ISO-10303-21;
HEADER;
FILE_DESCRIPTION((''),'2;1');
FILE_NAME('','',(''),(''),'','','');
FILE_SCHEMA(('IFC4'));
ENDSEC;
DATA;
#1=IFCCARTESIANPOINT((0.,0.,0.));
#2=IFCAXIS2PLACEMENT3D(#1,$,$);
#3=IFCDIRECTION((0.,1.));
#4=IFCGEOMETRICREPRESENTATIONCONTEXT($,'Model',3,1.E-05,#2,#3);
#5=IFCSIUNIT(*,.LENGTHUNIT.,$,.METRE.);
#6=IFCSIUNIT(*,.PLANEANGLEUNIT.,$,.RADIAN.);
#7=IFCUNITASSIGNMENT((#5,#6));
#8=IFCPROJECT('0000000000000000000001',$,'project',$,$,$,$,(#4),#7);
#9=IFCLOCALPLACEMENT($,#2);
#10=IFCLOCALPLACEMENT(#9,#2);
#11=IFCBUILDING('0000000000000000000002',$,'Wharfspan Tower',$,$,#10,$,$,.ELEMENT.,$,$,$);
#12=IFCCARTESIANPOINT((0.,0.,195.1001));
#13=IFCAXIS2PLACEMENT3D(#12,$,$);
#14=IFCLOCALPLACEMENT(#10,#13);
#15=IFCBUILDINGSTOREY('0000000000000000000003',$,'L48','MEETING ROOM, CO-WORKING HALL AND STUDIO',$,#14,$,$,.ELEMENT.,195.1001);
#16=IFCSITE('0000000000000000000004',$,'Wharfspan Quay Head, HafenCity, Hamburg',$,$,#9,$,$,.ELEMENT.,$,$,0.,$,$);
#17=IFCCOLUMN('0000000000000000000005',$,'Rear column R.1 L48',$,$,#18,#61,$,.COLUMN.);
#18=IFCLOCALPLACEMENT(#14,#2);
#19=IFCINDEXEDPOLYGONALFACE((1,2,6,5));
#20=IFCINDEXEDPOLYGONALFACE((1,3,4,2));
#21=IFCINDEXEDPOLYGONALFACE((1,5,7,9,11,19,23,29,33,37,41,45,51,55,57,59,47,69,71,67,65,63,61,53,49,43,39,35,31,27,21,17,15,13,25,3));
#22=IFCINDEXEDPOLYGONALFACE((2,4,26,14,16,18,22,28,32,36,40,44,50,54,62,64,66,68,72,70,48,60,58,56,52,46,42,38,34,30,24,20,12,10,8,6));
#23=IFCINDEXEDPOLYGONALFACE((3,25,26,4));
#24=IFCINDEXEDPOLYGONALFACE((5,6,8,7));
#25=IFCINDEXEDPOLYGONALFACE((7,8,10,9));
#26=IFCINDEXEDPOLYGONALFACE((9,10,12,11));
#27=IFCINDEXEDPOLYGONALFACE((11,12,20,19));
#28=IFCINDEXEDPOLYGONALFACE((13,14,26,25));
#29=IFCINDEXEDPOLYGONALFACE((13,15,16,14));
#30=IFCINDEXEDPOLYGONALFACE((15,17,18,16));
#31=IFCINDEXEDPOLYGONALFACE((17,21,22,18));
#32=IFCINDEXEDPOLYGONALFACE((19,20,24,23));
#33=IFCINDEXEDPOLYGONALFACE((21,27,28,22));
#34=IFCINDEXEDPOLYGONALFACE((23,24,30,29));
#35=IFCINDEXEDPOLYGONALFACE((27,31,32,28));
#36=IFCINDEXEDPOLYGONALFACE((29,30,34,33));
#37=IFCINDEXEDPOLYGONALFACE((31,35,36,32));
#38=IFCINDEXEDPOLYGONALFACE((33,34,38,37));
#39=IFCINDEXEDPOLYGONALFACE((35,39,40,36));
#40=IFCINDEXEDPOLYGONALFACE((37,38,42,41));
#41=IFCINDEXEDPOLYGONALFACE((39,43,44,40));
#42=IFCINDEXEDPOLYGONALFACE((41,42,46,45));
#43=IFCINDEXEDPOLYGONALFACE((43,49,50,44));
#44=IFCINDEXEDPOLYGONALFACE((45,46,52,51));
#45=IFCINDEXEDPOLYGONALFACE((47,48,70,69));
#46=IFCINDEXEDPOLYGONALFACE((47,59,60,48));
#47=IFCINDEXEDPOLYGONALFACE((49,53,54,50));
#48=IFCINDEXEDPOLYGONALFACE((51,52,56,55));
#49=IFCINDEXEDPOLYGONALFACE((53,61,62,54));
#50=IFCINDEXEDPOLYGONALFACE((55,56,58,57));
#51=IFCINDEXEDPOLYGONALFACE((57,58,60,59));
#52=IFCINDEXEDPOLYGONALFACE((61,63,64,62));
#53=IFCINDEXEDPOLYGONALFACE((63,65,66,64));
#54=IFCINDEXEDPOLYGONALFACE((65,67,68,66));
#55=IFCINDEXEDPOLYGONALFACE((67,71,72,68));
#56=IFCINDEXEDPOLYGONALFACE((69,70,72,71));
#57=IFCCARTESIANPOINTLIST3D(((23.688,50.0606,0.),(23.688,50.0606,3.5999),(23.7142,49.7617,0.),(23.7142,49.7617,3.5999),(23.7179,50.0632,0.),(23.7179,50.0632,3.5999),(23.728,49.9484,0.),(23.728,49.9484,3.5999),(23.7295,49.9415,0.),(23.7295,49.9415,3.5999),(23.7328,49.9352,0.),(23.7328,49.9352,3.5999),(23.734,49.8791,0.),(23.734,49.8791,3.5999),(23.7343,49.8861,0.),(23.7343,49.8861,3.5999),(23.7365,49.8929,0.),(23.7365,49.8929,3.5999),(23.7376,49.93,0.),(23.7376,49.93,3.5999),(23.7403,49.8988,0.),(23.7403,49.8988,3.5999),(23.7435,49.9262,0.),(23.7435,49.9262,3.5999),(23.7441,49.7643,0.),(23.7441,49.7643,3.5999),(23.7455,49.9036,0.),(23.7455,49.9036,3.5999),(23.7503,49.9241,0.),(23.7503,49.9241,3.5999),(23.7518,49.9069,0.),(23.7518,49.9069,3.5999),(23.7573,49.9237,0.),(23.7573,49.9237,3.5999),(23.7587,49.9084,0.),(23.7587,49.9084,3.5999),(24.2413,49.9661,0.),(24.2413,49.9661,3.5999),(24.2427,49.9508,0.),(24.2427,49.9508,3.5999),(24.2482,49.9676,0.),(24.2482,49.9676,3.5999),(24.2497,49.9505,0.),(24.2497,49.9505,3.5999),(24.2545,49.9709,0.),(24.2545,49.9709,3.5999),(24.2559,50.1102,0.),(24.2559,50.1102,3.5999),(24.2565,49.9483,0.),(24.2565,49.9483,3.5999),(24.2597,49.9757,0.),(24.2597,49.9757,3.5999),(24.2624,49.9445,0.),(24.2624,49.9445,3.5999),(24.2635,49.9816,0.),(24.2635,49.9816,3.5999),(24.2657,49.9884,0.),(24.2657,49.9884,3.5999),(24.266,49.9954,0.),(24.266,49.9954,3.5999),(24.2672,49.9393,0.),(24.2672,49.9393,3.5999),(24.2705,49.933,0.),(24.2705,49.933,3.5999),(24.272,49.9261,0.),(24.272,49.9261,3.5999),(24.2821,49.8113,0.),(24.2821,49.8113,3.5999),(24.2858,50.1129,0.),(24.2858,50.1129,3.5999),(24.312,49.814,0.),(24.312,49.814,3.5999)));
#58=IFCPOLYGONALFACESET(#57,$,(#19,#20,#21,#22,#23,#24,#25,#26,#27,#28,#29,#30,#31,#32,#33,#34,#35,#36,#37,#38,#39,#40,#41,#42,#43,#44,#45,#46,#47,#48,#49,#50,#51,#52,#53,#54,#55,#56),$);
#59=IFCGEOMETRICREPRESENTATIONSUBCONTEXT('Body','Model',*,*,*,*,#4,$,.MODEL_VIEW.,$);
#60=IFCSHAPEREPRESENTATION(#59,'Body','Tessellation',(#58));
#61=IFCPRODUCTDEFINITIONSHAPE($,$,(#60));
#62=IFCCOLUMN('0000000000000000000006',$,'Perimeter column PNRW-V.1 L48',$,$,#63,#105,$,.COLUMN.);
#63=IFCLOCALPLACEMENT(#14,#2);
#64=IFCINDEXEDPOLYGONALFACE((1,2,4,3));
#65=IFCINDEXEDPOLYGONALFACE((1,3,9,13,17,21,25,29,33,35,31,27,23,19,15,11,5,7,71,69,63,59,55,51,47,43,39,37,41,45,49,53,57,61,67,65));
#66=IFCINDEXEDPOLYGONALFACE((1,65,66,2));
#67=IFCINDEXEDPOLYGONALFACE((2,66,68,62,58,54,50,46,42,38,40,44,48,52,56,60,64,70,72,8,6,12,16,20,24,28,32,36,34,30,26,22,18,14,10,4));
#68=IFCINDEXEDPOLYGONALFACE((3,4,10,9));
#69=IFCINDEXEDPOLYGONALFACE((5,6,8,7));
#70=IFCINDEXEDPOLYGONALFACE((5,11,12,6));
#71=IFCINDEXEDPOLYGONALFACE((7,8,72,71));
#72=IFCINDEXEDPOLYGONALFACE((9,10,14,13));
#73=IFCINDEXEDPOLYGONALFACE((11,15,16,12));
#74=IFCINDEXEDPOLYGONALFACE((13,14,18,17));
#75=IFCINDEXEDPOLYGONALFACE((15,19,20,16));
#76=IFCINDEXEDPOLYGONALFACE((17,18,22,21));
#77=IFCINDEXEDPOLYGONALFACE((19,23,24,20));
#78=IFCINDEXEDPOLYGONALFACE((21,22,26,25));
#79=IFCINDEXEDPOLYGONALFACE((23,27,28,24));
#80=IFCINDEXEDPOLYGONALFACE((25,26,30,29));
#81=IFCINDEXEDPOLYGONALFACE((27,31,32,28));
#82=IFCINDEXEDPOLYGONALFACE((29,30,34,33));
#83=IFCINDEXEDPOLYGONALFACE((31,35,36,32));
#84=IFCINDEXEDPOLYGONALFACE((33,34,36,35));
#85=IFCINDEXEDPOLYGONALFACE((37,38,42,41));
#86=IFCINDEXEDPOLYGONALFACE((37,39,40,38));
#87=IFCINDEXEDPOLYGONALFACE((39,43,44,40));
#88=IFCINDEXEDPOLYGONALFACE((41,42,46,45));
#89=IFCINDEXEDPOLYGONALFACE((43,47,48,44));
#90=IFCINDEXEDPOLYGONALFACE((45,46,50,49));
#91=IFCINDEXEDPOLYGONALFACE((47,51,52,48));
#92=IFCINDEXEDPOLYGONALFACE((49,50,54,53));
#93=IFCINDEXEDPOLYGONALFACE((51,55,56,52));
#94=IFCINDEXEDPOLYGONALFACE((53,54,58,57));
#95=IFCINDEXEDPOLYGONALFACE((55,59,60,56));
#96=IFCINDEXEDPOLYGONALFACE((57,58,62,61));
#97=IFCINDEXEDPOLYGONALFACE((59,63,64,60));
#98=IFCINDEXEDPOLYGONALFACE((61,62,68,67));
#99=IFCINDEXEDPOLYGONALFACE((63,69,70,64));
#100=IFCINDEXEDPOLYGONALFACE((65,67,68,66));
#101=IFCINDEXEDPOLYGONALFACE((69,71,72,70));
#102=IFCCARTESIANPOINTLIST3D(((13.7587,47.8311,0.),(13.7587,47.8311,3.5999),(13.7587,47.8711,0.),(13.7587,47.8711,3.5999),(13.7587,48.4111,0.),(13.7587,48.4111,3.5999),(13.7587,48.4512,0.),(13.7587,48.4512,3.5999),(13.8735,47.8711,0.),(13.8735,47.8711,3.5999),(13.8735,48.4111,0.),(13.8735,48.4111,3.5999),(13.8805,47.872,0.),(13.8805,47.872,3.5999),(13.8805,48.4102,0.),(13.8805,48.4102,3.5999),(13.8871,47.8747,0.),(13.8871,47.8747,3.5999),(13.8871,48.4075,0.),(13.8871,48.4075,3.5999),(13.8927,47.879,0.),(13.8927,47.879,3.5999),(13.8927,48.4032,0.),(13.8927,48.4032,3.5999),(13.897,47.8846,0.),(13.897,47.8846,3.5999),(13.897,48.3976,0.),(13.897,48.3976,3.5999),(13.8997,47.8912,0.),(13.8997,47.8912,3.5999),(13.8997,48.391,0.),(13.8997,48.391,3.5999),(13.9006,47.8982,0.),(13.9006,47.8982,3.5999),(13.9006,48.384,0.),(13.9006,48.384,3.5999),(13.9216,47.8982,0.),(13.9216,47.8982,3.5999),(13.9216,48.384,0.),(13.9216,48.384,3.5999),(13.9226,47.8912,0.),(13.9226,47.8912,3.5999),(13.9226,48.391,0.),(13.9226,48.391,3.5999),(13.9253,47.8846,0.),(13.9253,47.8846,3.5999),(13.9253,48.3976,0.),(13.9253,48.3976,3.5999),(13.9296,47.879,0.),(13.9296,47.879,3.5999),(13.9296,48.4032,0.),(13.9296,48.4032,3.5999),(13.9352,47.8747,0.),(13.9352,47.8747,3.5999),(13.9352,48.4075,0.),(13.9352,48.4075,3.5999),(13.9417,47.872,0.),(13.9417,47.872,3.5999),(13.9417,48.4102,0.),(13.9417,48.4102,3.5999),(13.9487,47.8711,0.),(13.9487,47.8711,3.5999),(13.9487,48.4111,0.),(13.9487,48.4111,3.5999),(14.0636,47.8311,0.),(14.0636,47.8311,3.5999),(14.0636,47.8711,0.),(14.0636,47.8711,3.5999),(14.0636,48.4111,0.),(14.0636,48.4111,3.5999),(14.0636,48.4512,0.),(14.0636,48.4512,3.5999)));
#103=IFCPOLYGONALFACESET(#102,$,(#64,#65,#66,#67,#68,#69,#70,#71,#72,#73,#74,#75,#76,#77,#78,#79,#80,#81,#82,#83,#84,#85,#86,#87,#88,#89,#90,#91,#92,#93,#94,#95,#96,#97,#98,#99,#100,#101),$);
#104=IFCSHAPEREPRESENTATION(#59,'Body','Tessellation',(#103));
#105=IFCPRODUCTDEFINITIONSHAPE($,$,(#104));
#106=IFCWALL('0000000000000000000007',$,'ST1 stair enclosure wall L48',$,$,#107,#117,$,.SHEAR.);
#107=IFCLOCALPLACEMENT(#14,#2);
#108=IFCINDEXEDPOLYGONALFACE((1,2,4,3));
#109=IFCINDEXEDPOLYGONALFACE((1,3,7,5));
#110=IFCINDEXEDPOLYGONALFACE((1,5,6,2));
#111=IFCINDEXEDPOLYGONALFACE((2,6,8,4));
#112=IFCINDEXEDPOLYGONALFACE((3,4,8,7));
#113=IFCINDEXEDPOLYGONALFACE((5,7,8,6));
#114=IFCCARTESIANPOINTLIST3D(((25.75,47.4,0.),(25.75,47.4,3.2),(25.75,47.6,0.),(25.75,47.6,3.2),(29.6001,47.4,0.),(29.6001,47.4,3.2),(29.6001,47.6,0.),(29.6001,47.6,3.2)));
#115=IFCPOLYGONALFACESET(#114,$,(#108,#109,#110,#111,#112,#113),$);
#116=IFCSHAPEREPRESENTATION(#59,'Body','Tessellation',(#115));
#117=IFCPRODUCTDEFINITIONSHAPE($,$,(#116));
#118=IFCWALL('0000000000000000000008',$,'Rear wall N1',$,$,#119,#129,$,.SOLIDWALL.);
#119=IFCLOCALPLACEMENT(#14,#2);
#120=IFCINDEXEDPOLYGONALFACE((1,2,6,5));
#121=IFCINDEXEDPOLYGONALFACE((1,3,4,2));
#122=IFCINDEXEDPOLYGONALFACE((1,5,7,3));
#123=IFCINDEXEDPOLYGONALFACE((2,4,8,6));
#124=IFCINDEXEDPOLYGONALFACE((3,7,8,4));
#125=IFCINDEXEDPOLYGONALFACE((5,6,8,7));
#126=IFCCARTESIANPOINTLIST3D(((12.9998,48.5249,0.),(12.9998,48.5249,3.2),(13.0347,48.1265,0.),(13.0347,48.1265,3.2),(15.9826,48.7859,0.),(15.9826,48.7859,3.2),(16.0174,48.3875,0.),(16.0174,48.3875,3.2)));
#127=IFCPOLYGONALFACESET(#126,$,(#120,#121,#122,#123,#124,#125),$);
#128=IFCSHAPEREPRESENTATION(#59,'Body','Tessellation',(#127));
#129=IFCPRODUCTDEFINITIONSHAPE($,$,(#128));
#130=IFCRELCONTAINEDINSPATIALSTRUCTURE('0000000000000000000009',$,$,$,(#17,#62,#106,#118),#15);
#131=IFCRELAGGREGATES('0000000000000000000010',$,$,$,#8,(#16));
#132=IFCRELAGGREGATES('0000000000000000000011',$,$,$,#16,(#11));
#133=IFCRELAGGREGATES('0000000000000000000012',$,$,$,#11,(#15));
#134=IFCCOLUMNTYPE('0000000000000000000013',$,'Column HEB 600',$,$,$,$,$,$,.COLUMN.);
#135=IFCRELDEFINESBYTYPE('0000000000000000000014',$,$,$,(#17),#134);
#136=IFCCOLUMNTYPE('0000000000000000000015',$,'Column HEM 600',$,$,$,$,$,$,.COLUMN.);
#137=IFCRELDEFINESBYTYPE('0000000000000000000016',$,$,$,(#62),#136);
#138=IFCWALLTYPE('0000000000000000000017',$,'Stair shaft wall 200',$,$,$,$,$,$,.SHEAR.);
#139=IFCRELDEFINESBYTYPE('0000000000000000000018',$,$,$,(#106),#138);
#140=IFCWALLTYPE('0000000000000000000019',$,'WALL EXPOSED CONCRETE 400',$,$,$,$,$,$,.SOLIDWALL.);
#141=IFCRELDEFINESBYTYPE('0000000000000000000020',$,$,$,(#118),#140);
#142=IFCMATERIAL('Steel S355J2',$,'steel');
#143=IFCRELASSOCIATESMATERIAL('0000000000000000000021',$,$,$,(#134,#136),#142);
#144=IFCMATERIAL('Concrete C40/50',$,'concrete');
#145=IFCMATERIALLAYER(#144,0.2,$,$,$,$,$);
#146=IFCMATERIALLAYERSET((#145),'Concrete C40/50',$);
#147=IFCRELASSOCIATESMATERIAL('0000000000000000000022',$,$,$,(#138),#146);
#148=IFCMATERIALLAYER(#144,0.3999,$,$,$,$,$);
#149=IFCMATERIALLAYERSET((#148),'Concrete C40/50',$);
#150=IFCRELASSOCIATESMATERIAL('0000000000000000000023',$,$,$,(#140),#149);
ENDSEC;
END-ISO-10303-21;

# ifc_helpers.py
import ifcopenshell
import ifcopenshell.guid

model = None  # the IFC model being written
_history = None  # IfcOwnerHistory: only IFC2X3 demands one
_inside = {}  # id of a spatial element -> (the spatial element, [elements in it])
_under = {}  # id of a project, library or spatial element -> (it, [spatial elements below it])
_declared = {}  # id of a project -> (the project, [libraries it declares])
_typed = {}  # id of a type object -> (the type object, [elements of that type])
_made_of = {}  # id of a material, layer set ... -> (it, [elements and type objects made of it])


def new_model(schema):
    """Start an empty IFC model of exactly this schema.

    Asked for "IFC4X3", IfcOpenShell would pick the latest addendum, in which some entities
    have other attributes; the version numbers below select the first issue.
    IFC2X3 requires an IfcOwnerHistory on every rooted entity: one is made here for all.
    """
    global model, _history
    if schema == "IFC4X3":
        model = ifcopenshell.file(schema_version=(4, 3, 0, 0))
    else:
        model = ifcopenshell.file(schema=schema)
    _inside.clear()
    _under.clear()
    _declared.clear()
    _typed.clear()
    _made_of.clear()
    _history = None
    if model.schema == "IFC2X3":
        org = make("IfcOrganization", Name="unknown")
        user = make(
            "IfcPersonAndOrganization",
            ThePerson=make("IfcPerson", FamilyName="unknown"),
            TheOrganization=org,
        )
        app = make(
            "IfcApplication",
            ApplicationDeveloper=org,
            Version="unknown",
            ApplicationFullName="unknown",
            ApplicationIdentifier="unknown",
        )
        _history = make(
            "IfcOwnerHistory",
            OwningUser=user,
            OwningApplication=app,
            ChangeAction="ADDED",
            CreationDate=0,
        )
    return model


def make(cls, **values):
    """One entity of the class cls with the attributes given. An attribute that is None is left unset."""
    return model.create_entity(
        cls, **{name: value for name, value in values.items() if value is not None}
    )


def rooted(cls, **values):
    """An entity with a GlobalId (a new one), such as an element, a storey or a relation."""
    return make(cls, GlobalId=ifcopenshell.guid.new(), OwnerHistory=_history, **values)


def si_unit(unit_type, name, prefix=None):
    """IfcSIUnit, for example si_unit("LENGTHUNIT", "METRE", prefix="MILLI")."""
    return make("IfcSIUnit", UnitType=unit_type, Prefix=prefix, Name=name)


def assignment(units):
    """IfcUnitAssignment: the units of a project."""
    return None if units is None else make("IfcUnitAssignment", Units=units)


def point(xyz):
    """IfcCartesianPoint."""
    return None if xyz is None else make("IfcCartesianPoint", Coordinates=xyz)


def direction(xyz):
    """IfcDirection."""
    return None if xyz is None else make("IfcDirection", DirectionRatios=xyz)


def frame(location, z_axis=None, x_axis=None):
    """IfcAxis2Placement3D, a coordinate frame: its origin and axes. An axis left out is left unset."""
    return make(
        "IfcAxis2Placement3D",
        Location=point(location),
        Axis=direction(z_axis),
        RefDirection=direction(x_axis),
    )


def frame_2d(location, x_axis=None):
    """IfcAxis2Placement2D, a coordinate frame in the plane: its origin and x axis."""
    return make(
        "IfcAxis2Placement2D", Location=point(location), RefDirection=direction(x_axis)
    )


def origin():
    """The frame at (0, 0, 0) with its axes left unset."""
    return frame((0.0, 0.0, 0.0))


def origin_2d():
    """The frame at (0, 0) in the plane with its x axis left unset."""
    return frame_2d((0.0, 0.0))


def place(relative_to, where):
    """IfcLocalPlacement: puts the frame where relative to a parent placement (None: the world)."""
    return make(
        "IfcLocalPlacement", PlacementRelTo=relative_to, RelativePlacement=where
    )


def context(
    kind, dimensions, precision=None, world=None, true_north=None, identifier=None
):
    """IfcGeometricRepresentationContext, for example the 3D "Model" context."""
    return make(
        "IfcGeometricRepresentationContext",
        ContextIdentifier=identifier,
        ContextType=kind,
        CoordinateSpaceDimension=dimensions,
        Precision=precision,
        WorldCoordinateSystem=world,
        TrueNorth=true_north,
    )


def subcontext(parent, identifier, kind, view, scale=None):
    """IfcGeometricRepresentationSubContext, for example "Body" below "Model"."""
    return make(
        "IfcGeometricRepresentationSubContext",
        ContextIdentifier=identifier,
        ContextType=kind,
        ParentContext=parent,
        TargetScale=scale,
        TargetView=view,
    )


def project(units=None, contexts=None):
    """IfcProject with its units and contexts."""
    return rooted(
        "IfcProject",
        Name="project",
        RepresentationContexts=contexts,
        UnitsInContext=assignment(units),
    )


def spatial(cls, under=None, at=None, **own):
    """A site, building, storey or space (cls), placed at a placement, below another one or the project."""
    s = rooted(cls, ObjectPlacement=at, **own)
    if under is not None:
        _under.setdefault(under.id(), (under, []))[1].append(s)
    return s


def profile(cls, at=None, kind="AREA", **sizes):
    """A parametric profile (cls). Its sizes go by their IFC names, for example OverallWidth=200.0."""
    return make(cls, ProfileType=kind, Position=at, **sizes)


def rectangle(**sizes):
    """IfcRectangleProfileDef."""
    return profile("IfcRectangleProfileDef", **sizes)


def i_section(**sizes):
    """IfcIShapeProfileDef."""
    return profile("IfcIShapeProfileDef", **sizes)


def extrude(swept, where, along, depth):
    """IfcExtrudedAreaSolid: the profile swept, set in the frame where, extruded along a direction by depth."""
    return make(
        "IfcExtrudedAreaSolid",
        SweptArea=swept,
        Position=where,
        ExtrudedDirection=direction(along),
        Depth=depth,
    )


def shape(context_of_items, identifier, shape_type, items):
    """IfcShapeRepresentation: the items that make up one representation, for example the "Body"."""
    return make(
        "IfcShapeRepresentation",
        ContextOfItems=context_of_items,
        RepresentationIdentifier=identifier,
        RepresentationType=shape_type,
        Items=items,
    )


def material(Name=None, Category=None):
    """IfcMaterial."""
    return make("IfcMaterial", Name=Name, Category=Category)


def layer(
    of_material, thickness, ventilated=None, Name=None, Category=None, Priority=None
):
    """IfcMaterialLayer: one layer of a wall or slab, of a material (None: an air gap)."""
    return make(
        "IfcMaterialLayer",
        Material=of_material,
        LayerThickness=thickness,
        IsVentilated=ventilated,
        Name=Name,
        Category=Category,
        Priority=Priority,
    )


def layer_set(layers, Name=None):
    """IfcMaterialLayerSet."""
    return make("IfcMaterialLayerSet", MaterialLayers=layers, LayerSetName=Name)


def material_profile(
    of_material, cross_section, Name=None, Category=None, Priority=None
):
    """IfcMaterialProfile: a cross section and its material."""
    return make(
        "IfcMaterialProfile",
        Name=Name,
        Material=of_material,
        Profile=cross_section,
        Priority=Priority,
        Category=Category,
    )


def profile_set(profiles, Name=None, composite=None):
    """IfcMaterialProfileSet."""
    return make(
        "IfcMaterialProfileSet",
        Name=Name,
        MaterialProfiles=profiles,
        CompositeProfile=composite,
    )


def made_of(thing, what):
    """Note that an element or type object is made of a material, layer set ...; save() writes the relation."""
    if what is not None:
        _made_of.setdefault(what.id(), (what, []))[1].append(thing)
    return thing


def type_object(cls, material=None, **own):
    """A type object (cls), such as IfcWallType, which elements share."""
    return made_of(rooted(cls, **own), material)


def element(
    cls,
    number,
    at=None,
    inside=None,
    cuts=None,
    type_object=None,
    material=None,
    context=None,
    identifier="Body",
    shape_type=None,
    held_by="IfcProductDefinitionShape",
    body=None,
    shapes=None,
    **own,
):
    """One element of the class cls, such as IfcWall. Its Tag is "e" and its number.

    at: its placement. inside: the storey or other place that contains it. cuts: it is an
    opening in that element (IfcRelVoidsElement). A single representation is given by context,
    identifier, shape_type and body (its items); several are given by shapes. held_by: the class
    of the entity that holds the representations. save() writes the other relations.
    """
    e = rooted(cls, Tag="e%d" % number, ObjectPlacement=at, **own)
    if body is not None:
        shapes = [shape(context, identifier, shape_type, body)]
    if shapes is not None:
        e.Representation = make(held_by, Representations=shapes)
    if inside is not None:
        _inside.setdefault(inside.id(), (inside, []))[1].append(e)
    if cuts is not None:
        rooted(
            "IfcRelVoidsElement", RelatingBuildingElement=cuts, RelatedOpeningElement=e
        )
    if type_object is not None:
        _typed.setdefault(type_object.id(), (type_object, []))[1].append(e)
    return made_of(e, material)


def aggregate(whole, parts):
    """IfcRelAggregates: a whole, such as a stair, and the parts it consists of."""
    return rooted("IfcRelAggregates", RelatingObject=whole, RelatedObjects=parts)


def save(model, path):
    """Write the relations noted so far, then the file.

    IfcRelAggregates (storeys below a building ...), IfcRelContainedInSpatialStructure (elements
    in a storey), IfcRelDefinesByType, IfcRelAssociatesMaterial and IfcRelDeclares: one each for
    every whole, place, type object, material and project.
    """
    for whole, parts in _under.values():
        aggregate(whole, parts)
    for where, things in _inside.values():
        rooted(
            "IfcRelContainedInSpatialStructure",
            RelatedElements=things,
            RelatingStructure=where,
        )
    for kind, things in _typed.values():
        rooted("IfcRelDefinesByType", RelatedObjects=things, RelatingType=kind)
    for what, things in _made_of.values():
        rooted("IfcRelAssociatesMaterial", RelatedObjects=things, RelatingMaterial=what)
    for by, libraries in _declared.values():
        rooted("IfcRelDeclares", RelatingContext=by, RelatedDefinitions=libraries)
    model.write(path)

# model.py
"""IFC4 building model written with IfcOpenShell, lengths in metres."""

from ifc_helpers import new_model, si_unit, direction, frame, frame_2d, origin, origin_2d, place, context, subcontext, project, spatial, rectangle, i_section, extrude, material, layer, layer_set, material_profile, profile_set, type_object, element, save


model = new_model("IFC4")

# Units and contexts
model_context = context("Model", 3, precision=1e-05, world=origin(), true_north=direction((0.0, 1.0)))
body_context = subcontext(model_context, "Body", "Model", "MODEL_VIEW")
ifc_project = project(units=[si_unit("LENGTHUNIT", "METRE"), si_unit("PLANEANGLEUNIT", "RADIAN")], contexts=[model_context])

# Site, building, storey
site_placement = place(None, origin())
site = spatial("IfcSite", under=ifc_project, at=site_placement, Name="Wharfspan Quay Head, HafenCity, Hamburg", CompositionType="ELEMENT", RefElevation=0.0)
building_placement = place(site_placement, origin())
building = spatial("IfcBuilding", under=site, at=building_placement, Name="Wharfspan Tower", CompositionType="ELEMENT")
storey_placement = place(building_placement, frame((0.0, 0.0, 195.1001)))
storey = spatial("IfcBuildingStorey", under=building, at=storey_placement, Name="L48", Description="MEETING ROOM, CO-WORKING HALL AND STUDIO", CompositionType="ELEMENT", Elevation=195.1001)

# Columns
ifc_material_1 = material(Name="Steel S355J2", Category="steel")
ifc_material_profile_1 = material_profile(ifc_material_1, i_section(OverallWidth=0.3, OverallDepth=0.6001, WebThickness=0.0154, FlangeThickness=0.03, FilletRadius=0.0271, at=origin_2d()))
ifc_profile_set_1 = profile_set([ifc_material_profile_1], Name="Steel S355J2")
column_type_1 = type_object("IfcColumnType", Name="Column HEB 600", PredefinedType="COLUMN", material=ifc_profile_set_1)
column_1_placement = place(storey_placement, frame((24.0, 49.9373, 0.0), z_axis=(0.0, 0.0, 1.0), x_axis=(-0.087156, 0.996198, 0.0)))
element("IfcColumn", 1, at=column_1_placement, inside=storey, type_object=column_type_1, Name="Rear column R.1 L48", PredefinedType="COLUMN", context=body_context, shape_type="SweptSolid", body=[
    extrude(i_section(OverallWidth=0.3, OverallDepth=0.6001, WebThickness=0.0154, FlangeThickness=0.03, FilletRadius=0.0271, at=origin_2d()), origin(), (0.0, 0.0, 1.0), 3.5999),
])
ifc_material_profile_2 = material_profile(ifc_material_1, i_section(OverallWidth=0.3049, OverallDepth=0.6201, WebThickness=0.021, FlangeThickness=0.04, FilletRadius=0.0271, at=origin_2d()))
ifc_profile_set_2 = profile_set([ifc_material_profile_2], Name="Steel S355J2")
column_type_2 = type_object("IfcColumnType", Name="Column HEM 600", PredefinedType="COLUMN", material=ifc_profile_set_2)
column_2_placement = place(storey_placement, frame((13.9111, 48.1411, 0.0), z_axis=(0.0, 0.0, 1.0), x_axis=(-1.0, 0.0, 0.0)))
element("IfcColumn", 2, at=column_2_placement, inside=storey, type_object=column_type_2, Name="Perimeter column PNRW-V.1 L48", PredefinedType="COLUMN", context=body_context, shape_type="SweptSolid", body=[
    extrude(i_section(OverallWidth=0.3049, OverallDepth=0.6201, WebThickness=0.021, FlangeThickness=0.04, FilletRadius=0.0271, at=origin_2d()), origin(), (0.0, 0.0, 1.0), 3.5999),
])

# Walls
ifc_material_2 = material(Name="Concrete C40/50", Category="concrete")
ifc_layer_1 = layer(ifc_material_2, 0.2)
ifc_layer_set_1 = layer_set([ifc_layer_1], Name="Concrete C40/50")
wall_type_1 = type_object("IfcWallType", Name="Stair shaft wall 200", PredefinedType="SHEAR", material=ifc_layer_set_1)
wall_1_placement = place(storey_placement, frame((25.75, 47.5, 0.0), z_axis=(0.0, 0.0, 1.0), x_axis=(1.0, 0.0, 0.0)))
element("IfcWall", 3, at=wall_1_placement, inside=storey, type_object=wall_type_1, Name="ST1 stair enclosure wall L48", PredefinedType="SHEAR", context=body_context, shape_type="SweptSolid", body=[
    extrude(rectangle(XDim=3.8501, YDim=0.2, at=frame_2d((1.925, 0.0))), origin(), (0.0, 0.0, 1.0), 3.2),
])
ifc_layer_2 = layer(ifc_material_2, 0.3999)
ifc_layer_set_2 = layer_set([ifc_layer_2], Name="Concrete C40/50")
wall_type_2 = type_object("IfcWallType", Name="WALL EXPOSED CONCRETE 400", PredefinedType="SOLIDWALL", material=ifc_layer_set_2)
wall_2_placement = place(storey_placement, frame((16.0, 48.5867, 0.0), z_axis=(0.0, 0.0, 1.0), x_axis=(-0.996194, -0.087168, 0.0)))
element("IfcWall", 4, at=wall_2_placement, inside=storey, type_object=wall_type_2, Name="Rear wall N1", PredefinedType="SOLIDWALL", context=body_context, shape_type="SweptSolid", body=[
    extrude(rectangle(XDim=2.9941, YDim=0.3999, at=frame_2d((1.4971, 0.0))), origin(), (0.0, 0.0, 1.0), 3.2),
])

save(model, "model.ifc")
